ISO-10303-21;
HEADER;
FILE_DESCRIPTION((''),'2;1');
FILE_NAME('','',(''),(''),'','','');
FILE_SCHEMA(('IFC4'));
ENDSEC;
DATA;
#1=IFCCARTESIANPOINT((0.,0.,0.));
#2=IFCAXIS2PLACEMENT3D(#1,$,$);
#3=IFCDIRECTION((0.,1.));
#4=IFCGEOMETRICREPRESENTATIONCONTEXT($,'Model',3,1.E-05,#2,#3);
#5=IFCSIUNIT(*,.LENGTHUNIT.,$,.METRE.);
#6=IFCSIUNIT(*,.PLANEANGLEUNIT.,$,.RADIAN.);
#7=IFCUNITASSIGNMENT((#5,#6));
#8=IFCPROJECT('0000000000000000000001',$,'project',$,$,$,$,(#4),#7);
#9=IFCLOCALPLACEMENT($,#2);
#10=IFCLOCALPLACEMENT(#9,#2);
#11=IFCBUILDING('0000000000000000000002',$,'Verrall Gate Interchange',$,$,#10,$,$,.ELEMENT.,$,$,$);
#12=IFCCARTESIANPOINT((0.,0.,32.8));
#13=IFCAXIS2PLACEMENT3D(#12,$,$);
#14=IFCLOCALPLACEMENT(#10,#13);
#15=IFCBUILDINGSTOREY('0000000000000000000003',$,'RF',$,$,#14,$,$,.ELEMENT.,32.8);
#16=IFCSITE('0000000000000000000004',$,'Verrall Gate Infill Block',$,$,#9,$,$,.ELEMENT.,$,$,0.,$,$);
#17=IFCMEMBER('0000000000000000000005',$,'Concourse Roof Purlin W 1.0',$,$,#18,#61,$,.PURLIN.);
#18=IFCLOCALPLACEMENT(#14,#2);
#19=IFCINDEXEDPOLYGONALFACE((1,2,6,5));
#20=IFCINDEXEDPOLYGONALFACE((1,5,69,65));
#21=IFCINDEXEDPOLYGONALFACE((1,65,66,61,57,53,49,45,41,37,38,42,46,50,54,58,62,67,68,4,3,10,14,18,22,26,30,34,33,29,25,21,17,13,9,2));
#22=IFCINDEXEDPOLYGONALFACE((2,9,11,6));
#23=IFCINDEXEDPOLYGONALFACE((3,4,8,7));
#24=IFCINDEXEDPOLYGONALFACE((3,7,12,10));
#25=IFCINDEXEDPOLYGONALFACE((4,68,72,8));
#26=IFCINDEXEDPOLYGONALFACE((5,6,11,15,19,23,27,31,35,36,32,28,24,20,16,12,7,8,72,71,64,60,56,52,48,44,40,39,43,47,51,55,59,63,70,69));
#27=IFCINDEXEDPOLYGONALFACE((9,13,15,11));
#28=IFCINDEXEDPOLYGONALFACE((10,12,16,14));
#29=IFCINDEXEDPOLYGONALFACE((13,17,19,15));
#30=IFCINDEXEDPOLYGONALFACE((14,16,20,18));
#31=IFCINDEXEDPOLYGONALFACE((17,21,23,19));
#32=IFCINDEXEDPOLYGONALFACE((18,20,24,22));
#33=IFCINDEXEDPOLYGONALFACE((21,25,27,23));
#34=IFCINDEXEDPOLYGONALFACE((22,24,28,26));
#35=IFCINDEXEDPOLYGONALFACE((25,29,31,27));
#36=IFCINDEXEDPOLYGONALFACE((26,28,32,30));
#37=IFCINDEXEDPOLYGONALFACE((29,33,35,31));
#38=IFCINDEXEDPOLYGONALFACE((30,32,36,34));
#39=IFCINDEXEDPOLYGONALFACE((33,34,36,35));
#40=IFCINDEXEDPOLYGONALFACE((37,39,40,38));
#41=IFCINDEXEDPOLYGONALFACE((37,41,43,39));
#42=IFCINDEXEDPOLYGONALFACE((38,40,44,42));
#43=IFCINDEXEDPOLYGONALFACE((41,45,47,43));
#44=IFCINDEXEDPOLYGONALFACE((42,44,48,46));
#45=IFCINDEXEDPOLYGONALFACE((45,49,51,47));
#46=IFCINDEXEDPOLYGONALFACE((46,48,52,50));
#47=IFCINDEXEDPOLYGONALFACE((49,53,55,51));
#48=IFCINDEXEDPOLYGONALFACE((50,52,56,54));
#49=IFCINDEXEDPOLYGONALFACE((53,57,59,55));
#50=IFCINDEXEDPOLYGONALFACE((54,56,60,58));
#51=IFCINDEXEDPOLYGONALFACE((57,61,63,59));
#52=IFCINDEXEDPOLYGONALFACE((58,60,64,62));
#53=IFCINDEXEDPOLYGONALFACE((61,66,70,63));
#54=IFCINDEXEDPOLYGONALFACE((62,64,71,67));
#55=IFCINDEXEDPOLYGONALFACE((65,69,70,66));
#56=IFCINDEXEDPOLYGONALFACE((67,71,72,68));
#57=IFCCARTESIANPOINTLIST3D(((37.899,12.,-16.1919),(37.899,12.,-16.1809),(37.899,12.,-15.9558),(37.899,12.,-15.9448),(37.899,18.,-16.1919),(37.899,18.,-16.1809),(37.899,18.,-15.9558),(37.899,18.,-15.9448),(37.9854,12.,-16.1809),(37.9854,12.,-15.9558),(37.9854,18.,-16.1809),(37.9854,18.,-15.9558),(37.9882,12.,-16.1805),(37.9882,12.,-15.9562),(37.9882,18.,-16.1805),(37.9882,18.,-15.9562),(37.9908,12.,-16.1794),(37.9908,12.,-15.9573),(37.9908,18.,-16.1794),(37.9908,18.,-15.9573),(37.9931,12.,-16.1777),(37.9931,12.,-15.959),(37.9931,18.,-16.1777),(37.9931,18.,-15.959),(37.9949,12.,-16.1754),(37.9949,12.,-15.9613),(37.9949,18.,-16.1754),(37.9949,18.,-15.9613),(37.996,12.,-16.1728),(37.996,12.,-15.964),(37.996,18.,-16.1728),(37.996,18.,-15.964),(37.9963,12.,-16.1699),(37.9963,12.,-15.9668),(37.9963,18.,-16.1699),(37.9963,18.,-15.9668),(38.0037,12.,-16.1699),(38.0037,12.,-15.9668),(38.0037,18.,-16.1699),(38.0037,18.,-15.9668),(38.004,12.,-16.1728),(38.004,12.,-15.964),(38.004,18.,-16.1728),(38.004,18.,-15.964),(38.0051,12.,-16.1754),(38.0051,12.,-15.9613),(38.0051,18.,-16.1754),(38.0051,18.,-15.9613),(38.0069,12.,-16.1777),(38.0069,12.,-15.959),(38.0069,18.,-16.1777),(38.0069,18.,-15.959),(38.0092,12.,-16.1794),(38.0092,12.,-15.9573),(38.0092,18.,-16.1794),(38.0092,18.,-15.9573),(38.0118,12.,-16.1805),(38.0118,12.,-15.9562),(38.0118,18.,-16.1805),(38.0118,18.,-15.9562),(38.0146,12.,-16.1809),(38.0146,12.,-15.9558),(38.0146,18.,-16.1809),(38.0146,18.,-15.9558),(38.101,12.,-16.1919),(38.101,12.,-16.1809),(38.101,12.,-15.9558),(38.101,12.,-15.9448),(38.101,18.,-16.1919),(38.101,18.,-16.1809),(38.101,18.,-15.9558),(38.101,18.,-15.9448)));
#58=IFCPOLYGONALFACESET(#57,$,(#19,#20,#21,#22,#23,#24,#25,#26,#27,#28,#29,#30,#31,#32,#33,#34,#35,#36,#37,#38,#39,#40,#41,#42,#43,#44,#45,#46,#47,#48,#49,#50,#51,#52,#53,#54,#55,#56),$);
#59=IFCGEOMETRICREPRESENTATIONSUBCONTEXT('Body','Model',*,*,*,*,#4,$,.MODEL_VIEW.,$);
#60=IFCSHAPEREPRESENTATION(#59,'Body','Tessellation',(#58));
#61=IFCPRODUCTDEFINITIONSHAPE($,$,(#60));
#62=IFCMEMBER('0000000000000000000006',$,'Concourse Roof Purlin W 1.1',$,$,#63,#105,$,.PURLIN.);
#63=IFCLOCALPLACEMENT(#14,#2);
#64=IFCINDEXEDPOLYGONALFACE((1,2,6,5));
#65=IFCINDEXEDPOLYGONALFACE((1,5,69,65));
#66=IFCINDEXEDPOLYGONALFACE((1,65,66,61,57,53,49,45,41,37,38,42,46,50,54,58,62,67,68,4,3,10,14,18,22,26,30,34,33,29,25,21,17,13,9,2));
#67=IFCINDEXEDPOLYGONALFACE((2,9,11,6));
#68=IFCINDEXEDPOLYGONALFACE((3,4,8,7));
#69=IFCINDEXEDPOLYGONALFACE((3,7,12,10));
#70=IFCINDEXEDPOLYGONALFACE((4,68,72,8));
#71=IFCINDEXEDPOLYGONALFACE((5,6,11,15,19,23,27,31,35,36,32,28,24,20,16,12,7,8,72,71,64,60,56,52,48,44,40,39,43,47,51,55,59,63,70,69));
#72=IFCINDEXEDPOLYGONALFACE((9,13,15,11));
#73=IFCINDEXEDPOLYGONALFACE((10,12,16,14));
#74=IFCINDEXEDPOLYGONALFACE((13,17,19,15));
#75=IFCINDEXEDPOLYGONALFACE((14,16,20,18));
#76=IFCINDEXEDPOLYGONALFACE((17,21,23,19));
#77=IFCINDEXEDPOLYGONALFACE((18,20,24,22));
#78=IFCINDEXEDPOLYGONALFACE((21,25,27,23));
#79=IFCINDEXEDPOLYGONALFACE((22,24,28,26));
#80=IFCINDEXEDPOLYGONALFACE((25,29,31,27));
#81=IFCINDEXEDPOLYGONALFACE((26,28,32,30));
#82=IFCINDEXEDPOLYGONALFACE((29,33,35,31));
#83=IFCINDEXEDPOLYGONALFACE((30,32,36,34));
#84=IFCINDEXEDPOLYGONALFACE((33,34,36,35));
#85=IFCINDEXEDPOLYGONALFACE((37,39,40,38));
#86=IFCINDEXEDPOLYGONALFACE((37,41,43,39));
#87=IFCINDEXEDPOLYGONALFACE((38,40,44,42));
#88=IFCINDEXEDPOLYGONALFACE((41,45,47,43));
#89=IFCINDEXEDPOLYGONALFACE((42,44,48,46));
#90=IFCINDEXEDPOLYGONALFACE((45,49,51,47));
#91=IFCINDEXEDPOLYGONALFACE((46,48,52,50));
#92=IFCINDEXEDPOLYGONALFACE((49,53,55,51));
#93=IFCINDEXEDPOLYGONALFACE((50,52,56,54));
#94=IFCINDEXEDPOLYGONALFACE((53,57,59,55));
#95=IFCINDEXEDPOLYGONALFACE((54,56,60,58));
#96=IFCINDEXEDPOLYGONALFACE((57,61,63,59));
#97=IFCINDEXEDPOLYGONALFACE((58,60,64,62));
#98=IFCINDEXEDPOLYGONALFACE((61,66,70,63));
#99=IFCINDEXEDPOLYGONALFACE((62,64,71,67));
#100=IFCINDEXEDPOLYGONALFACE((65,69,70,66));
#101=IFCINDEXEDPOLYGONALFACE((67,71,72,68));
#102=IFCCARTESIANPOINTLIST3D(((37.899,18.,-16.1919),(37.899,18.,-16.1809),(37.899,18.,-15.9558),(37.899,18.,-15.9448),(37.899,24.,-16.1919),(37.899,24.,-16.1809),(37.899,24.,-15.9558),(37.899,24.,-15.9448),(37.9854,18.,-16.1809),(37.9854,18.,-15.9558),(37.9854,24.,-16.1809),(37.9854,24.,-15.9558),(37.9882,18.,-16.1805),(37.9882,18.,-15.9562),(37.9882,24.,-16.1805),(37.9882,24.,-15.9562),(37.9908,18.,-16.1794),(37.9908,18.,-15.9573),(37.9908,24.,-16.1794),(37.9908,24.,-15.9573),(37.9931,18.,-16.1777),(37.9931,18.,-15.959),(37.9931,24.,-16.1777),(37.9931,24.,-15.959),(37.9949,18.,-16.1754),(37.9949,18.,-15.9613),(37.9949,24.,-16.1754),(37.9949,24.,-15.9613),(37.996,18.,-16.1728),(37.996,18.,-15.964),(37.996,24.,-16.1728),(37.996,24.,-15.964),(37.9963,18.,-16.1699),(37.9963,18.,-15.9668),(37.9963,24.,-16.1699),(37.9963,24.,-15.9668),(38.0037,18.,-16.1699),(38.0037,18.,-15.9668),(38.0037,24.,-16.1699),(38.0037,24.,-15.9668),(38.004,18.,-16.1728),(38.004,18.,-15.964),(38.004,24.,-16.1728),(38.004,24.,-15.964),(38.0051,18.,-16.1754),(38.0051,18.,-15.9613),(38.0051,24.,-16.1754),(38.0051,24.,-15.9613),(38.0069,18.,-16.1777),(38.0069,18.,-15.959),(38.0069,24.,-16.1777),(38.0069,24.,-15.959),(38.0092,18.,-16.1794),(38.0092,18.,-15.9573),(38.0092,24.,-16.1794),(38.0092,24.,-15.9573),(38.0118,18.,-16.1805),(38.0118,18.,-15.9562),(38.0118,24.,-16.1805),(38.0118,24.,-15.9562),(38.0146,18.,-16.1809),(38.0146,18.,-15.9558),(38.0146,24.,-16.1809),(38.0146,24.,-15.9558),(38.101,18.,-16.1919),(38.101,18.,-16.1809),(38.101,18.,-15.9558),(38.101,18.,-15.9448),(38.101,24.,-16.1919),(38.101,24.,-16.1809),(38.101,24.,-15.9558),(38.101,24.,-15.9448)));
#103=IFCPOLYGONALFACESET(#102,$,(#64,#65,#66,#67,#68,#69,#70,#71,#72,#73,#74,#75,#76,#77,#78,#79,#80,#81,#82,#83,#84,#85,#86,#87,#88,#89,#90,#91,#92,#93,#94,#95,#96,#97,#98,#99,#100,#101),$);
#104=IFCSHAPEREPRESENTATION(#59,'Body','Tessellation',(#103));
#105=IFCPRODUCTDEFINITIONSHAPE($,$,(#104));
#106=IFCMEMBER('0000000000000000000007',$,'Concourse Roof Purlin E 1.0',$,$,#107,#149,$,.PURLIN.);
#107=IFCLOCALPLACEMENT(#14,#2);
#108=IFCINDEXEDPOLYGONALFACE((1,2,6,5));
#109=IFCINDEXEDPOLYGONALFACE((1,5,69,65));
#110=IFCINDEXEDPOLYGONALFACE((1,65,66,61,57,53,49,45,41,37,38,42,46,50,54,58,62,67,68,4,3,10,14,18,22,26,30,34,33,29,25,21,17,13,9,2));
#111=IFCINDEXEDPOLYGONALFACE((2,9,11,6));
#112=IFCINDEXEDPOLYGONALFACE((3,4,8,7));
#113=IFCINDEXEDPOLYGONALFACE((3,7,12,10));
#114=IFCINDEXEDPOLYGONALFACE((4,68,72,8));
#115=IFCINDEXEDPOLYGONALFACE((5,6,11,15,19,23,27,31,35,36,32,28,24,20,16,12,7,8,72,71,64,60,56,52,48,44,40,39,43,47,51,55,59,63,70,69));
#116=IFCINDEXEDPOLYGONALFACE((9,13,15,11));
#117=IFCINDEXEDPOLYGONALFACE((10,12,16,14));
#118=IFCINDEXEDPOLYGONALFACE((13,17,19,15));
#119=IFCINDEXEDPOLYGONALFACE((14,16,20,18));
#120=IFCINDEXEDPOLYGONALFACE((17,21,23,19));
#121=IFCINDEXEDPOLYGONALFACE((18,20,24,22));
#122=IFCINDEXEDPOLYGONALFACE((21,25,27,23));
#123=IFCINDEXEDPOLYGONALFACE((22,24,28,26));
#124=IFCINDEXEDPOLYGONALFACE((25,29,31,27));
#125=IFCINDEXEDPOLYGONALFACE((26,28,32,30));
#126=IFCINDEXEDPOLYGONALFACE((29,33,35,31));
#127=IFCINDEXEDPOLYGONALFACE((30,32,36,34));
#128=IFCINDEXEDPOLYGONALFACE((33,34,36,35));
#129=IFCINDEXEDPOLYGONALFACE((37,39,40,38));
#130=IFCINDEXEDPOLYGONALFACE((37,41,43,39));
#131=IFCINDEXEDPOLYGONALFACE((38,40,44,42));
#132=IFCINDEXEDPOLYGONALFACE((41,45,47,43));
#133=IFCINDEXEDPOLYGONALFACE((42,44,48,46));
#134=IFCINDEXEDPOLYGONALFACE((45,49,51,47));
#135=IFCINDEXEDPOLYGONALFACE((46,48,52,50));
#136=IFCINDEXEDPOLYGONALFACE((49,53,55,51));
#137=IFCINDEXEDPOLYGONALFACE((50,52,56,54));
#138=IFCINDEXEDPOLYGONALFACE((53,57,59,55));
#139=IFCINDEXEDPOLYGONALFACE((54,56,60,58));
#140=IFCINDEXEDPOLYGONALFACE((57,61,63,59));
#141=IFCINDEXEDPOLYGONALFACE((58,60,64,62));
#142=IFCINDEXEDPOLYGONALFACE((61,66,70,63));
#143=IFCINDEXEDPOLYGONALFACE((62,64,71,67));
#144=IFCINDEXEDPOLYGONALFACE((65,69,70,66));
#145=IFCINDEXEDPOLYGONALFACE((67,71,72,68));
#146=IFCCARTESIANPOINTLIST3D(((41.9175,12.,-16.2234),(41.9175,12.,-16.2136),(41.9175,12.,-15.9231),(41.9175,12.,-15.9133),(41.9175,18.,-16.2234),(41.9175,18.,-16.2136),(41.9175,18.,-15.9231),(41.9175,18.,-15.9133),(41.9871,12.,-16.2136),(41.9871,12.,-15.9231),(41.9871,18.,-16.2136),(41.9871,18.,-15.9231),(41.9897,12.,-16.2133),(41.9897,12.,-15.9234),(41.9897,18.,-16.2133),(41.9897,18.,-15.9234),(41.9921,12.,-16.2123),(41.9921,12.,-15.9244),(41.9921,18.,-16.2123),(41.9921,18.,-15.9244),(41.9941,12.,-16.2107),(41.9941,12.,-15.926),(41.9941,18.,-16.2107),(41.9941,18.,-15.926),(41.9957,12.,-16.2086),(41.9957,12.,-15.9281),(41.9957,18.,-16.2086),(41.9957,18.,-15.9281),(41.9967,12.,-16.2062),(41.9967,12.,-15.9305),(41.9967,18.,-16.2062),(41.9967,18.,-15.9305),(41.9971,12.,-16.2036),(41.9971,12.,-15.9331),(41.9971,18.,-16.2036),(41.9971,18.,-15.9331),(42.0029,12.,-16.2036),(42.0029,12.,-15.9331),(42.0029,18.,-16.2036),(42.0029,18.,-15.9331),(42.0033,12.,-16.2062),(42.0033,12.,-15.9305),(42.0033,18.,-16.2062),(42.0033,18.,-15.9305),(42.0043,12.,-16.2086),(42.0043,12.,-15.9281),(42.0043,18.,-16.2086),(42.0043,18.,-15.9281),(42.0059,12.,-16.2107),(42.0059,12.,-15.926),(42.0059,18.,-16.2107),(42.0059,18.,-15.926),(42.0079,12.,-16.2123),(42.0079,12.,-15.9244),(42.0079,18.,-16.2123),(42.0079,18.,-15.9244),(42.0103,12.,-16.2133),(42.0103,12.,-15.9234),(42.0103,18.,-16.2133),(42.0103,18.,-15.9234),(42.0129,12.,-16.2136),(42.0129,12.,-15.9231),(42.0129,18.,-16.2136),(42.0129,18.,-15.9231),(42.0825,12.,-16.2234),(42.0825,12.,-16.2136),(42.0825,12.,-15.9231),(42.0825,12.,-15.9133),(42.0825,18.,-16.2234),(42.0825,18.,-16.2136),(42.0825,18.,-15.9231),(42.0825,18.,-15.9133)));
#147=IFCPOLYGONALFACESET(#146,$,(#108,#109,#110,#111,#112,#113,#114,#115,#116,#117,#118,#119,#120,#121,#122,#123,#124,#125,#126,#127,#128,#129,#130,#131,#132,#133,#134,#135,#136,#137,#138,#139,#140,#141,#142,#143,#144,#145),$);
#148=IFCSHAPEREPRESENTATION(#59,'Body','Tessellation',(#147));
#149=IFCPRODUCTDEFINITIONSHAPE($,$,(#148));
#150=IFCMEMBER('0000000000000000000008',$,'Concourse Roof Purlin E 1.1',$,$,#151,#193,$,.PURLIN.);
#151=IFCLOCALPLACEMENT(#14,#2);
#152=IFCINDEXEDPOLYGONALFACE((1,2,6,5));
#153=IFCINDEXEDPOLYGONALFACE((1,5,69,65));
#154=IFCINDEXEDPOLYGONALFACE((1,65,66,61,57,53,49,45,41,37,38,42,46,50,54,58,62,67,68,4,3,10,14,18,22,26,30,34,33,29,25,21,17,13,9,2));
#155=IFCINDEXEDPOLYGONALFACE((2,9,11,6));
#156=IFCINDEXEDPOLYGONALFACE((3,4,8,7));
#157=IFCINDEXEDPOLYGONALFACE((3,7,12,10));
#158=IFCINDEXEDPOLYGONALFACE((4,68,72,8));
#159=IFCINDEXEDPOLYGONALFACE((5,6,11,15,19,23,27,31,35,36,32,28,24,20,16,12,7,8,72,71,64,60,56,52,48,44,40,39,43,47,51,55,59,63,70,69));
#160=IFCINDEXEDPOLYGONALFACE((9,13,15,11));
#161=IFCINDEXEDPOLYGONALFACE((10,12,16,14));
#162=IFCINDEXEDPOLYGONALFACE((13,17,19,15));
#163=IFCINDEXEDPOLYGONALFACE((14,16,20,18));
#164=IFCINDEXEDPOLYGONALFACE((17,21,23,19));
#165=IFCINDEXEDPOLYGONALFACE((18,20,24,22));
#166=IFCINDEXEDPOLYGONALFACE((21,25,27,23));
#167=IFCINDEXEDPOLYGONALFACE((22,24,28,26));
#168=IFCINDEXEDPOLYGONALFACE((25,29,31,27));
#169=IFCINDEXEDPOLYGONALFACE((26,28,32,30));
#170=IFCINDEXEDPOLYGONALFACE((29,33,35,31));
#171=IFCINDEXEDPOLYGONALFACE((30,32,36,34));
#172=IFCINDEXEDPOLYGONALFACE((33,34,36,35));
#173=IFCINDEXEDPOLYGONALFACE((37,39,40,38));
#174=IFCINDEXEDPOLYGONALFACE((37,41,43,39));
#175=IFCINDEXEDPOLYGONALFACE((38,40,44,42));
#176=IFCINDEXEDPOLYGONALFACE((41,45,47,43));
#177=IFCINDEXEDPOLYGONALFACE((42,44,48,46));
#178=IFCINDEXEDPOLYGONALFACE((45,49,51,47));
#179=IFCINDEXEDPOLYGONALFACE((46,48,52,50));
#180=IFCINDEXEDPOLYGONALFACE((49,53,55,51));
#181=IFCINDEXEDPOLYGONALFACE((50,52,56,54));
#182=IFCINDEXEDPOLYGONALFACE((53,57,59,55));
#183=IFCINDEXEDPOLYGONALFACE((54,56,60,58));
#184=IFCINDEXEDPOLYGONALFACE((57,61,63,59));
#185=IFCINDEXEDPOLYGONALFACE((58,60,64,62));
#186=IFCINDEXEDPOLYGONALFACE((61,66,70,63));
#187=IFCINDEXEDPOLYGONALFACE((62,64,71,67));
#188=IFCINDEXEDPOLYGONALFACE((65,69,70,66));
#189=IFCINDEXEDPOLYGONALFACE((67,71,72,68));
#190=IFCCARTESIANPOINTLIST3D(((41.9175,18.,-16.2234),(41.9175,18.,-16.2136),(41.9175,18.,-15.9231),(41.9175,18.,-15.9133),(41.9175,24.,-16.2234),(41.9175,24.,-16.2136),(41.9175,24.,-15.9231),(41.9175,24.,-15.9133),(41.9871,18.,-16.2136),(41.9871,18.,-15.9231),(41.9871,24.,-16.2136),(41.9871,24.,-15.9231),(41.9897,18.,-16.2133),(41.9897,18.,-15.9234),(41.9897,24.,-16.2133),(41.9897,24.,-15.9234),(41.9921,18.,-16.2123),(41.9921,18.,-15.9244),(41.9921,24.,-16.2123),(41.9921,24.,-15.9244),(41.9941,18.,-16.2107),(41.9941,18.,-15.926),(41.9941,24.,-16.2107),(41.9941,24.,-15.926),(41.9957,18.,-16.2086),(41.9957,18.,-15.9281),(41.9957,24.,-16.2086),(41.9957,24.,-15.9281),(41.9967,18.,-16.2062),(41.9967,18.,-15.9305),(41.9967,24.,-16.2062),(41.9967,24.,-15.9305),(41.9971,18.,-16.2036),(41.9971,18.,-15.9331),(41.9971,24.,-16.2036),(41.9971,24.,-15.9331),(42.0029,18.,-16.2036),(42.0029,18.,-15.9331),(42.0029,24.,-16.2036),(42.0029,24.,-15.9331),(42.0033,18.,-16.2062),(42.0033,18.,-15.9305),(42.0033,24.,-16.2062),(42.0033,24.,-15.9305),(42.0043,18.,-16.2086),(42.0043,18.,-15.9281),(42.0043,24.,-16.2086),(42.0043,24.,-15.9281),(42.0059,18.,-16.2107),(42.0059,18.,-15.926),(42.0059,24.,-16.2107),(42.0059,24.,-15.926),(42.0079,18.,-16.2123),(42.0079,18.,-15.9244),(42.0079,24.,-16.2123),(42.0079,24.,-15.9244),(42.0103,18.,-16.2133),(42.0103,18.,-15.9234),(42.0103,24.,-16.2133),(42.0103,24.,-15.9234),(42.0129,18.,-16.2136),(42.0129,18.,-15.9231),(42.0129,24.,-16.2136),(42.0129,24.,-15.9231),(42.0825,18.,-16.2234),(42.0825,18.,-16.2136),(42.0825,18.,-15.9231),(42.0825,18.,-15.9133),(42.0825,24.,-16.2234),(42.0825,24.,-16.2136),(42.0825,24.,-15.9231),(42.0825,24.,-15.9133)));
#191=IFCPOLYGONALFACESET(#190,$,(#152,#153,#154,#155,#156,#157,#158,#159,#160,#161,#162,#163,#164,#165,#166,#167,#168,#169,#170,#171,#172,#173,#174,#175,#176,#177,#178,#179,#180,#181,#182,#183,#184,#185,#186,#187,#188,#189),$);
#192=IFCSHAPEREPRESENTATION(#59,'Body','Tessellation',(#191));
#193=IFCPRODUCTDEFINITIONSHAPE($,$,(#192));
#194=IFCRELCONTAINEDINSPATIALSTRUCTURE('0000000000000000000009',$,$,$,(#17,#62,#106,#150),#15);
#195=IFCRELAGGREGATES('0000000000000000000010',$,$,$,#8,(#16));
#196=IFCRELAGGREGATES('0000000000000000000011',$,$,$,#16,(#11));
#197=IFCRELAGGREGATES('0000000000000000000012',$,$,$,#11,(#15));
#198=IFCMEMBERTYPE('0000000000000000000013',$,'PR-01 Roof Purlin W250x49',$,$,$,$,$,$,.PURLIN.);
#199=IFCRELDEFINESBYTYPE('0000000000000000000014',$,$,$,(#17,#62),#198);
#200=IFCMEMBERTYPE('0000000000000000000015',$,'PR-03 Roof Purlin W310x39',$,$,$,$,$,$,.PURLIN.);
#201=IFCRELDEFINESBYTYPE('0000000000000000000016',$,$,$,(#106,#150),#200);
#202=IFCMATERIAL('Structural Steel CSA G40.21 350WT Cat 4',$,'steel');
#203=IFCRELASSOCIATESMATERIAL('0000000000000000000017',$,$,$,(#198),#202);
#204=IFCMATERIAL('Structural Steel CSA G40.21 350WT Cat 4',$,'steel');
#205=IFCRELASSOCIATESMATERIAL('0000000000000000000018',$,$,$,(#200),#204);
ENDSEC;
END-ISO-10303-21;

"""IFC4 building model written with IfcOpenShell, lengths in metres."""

from ifc_helpers import new_model, si_unit, direction, frame, origin, origin_2d, place, context, subcontext, project, spatial, i_section, extrude, material, material_profile, profile_set, type_object, element, save


model = new_model("IFC4")

# Units and contexts
model_context = context("Model", 3, precision=1e-05, world=origin(), true_north=direction((0.0, 1.0)))
body_context = subcontext(model_context, "Body", "Model", "MODEL_VIEW")
ifc_project = project(units=[si_unit("LENGTHUNIT", "METRE"), si_unit("PLANEANGLEUNIT", "RADIAN")], contexts=[model_context])

# Site, building, storey
site_placement = place(None, origin())
site = spatial("IfcSite", under=ifc_project, at=site_placement, Name="Verrall Gate Infill Block", CompositionType="ELEMENT", RefElevation=0.0)
building_placement = place(site_placement, origin())
building = spatial("IfcBuilding", under=site, at=building_placement, Name="Verrall Gate Interchange", CompositionType="ELEMENT")
storey_placement = place(building_placement, frame((0.0, 0.0, 32.8)))
storey = spatial("IfcBuildingStorey", under=building, at=storey_placement, Name="RF", CompositionType="ELEMENT", Elevation=32.8)

# Members
ifc_material_1 = material(Name="Structural Steel CSA G40.21 350WT Cat 4", Category="steel")
ifc_material_profile_1 = material_profile(ifc_material_1, i_section(OverallWidth=0.2019, OverallDepth=0.2471, WebThickness=0.0073, FlangeThickness=0.011, FilletRadius=0.011, at=origin_2d()), Name="W250x49")
ifc_profile_set_1 = profile_set([ifc_material_profile_1], Name="Structural Steel CSA G40.21 350WT Cat 4")
member_type_1 = type_object("IfcMemberType", Name="PR-01 Roof Purlin W250x49", PredefinedType="PURLIN", material=ifc_profile_set_1)
for number, where, z_axis, x_axis, name in (
    (1, (38.0, 12.0, -16.0684), (0.0, 1.0, 0.0), (-1.0, 0.0, 0.0), "Concourse Roof Purlin W 1.0"),
    (2, (38.0, 18.0, -16.0684), (0.0, 1.0, 0.0), (-1.0, 0.0, 0.0), "Concourse Roof Purlin W 1.1"),
):
    element("IfcMember", number, at=place(storey_placement, frame(where, z_axis=z_axis, x_axis=x_axis)), inside=storey, type_object=member_type_1, Name=name, PredefinedType="PURLIN", context=body_context, shape_type="SweptSolid", body=[
        extrude(i_section(OverallWidth=0.2019, OverallDepth=0.2471, WebThickness=0.0073, FlangeThickness=0.011, FilletRadius=0.011, at=origin_2d()), origin(), (0.0, 0.0, 1.0), 6.0),
    ])
ifc_material_2 = material(Name="Structural Steel CSA G40.21 350WT Cat 4", Category="steel")
ifc_material_profile_2 = material_profile(ifc_material_2, i_section(OverallWidth=0.165, OverallDepth=0.3101, WebThickness=0.0059, FlangeThickness=0.0098, FilletRadius=0.01, at=origin_2d()), Name="W310x39")
ifc_profile_set_2 = profile_set([ifc_material_profile_2], Name="Structural Steel CSA G40.21 350WT Cat 4")
member_type_2 = type_object("IfcMemberType", Name="PR-03 Roof Purlin W310x39", PredefinedType="PURLIN", material=ifc_profile_set_2)
for number, where, z_axis, x_axis, name in (
    (3, (42.0, 12.0, -16.0684), (0.0, 1.0, 0.0), (-1.0, 0.0, 0.0), "Concourse Roof Purlin E 1.0"),
    (4, (42.0, 18.0, -16.0684), (0.0, 1.0, 0.0), (-1.0, 0.0, 0.0), "Concourse Roof Purlin E 1.1"),
):
    element("IfcMember", number, at=place(storey_placement, frame(where, z_axis=z_axis, x_axis=x_axis)), inside=storey, type_object=member_type_2, Name=name, PredefinedType="PURLIN", context=body_context, shape_type="SweptSolid", body=[
        extrude(i_section(OverallWidth=0.165, OverallDepth=0.3101, WebThickness=0.0059, FlangeThickness=0.0098, FilletRadius=0.01, at=origin_2d()), origin(), (0.0, 0.0, 1.0), 6.0),
    ])

save(model, "model.ifc")
